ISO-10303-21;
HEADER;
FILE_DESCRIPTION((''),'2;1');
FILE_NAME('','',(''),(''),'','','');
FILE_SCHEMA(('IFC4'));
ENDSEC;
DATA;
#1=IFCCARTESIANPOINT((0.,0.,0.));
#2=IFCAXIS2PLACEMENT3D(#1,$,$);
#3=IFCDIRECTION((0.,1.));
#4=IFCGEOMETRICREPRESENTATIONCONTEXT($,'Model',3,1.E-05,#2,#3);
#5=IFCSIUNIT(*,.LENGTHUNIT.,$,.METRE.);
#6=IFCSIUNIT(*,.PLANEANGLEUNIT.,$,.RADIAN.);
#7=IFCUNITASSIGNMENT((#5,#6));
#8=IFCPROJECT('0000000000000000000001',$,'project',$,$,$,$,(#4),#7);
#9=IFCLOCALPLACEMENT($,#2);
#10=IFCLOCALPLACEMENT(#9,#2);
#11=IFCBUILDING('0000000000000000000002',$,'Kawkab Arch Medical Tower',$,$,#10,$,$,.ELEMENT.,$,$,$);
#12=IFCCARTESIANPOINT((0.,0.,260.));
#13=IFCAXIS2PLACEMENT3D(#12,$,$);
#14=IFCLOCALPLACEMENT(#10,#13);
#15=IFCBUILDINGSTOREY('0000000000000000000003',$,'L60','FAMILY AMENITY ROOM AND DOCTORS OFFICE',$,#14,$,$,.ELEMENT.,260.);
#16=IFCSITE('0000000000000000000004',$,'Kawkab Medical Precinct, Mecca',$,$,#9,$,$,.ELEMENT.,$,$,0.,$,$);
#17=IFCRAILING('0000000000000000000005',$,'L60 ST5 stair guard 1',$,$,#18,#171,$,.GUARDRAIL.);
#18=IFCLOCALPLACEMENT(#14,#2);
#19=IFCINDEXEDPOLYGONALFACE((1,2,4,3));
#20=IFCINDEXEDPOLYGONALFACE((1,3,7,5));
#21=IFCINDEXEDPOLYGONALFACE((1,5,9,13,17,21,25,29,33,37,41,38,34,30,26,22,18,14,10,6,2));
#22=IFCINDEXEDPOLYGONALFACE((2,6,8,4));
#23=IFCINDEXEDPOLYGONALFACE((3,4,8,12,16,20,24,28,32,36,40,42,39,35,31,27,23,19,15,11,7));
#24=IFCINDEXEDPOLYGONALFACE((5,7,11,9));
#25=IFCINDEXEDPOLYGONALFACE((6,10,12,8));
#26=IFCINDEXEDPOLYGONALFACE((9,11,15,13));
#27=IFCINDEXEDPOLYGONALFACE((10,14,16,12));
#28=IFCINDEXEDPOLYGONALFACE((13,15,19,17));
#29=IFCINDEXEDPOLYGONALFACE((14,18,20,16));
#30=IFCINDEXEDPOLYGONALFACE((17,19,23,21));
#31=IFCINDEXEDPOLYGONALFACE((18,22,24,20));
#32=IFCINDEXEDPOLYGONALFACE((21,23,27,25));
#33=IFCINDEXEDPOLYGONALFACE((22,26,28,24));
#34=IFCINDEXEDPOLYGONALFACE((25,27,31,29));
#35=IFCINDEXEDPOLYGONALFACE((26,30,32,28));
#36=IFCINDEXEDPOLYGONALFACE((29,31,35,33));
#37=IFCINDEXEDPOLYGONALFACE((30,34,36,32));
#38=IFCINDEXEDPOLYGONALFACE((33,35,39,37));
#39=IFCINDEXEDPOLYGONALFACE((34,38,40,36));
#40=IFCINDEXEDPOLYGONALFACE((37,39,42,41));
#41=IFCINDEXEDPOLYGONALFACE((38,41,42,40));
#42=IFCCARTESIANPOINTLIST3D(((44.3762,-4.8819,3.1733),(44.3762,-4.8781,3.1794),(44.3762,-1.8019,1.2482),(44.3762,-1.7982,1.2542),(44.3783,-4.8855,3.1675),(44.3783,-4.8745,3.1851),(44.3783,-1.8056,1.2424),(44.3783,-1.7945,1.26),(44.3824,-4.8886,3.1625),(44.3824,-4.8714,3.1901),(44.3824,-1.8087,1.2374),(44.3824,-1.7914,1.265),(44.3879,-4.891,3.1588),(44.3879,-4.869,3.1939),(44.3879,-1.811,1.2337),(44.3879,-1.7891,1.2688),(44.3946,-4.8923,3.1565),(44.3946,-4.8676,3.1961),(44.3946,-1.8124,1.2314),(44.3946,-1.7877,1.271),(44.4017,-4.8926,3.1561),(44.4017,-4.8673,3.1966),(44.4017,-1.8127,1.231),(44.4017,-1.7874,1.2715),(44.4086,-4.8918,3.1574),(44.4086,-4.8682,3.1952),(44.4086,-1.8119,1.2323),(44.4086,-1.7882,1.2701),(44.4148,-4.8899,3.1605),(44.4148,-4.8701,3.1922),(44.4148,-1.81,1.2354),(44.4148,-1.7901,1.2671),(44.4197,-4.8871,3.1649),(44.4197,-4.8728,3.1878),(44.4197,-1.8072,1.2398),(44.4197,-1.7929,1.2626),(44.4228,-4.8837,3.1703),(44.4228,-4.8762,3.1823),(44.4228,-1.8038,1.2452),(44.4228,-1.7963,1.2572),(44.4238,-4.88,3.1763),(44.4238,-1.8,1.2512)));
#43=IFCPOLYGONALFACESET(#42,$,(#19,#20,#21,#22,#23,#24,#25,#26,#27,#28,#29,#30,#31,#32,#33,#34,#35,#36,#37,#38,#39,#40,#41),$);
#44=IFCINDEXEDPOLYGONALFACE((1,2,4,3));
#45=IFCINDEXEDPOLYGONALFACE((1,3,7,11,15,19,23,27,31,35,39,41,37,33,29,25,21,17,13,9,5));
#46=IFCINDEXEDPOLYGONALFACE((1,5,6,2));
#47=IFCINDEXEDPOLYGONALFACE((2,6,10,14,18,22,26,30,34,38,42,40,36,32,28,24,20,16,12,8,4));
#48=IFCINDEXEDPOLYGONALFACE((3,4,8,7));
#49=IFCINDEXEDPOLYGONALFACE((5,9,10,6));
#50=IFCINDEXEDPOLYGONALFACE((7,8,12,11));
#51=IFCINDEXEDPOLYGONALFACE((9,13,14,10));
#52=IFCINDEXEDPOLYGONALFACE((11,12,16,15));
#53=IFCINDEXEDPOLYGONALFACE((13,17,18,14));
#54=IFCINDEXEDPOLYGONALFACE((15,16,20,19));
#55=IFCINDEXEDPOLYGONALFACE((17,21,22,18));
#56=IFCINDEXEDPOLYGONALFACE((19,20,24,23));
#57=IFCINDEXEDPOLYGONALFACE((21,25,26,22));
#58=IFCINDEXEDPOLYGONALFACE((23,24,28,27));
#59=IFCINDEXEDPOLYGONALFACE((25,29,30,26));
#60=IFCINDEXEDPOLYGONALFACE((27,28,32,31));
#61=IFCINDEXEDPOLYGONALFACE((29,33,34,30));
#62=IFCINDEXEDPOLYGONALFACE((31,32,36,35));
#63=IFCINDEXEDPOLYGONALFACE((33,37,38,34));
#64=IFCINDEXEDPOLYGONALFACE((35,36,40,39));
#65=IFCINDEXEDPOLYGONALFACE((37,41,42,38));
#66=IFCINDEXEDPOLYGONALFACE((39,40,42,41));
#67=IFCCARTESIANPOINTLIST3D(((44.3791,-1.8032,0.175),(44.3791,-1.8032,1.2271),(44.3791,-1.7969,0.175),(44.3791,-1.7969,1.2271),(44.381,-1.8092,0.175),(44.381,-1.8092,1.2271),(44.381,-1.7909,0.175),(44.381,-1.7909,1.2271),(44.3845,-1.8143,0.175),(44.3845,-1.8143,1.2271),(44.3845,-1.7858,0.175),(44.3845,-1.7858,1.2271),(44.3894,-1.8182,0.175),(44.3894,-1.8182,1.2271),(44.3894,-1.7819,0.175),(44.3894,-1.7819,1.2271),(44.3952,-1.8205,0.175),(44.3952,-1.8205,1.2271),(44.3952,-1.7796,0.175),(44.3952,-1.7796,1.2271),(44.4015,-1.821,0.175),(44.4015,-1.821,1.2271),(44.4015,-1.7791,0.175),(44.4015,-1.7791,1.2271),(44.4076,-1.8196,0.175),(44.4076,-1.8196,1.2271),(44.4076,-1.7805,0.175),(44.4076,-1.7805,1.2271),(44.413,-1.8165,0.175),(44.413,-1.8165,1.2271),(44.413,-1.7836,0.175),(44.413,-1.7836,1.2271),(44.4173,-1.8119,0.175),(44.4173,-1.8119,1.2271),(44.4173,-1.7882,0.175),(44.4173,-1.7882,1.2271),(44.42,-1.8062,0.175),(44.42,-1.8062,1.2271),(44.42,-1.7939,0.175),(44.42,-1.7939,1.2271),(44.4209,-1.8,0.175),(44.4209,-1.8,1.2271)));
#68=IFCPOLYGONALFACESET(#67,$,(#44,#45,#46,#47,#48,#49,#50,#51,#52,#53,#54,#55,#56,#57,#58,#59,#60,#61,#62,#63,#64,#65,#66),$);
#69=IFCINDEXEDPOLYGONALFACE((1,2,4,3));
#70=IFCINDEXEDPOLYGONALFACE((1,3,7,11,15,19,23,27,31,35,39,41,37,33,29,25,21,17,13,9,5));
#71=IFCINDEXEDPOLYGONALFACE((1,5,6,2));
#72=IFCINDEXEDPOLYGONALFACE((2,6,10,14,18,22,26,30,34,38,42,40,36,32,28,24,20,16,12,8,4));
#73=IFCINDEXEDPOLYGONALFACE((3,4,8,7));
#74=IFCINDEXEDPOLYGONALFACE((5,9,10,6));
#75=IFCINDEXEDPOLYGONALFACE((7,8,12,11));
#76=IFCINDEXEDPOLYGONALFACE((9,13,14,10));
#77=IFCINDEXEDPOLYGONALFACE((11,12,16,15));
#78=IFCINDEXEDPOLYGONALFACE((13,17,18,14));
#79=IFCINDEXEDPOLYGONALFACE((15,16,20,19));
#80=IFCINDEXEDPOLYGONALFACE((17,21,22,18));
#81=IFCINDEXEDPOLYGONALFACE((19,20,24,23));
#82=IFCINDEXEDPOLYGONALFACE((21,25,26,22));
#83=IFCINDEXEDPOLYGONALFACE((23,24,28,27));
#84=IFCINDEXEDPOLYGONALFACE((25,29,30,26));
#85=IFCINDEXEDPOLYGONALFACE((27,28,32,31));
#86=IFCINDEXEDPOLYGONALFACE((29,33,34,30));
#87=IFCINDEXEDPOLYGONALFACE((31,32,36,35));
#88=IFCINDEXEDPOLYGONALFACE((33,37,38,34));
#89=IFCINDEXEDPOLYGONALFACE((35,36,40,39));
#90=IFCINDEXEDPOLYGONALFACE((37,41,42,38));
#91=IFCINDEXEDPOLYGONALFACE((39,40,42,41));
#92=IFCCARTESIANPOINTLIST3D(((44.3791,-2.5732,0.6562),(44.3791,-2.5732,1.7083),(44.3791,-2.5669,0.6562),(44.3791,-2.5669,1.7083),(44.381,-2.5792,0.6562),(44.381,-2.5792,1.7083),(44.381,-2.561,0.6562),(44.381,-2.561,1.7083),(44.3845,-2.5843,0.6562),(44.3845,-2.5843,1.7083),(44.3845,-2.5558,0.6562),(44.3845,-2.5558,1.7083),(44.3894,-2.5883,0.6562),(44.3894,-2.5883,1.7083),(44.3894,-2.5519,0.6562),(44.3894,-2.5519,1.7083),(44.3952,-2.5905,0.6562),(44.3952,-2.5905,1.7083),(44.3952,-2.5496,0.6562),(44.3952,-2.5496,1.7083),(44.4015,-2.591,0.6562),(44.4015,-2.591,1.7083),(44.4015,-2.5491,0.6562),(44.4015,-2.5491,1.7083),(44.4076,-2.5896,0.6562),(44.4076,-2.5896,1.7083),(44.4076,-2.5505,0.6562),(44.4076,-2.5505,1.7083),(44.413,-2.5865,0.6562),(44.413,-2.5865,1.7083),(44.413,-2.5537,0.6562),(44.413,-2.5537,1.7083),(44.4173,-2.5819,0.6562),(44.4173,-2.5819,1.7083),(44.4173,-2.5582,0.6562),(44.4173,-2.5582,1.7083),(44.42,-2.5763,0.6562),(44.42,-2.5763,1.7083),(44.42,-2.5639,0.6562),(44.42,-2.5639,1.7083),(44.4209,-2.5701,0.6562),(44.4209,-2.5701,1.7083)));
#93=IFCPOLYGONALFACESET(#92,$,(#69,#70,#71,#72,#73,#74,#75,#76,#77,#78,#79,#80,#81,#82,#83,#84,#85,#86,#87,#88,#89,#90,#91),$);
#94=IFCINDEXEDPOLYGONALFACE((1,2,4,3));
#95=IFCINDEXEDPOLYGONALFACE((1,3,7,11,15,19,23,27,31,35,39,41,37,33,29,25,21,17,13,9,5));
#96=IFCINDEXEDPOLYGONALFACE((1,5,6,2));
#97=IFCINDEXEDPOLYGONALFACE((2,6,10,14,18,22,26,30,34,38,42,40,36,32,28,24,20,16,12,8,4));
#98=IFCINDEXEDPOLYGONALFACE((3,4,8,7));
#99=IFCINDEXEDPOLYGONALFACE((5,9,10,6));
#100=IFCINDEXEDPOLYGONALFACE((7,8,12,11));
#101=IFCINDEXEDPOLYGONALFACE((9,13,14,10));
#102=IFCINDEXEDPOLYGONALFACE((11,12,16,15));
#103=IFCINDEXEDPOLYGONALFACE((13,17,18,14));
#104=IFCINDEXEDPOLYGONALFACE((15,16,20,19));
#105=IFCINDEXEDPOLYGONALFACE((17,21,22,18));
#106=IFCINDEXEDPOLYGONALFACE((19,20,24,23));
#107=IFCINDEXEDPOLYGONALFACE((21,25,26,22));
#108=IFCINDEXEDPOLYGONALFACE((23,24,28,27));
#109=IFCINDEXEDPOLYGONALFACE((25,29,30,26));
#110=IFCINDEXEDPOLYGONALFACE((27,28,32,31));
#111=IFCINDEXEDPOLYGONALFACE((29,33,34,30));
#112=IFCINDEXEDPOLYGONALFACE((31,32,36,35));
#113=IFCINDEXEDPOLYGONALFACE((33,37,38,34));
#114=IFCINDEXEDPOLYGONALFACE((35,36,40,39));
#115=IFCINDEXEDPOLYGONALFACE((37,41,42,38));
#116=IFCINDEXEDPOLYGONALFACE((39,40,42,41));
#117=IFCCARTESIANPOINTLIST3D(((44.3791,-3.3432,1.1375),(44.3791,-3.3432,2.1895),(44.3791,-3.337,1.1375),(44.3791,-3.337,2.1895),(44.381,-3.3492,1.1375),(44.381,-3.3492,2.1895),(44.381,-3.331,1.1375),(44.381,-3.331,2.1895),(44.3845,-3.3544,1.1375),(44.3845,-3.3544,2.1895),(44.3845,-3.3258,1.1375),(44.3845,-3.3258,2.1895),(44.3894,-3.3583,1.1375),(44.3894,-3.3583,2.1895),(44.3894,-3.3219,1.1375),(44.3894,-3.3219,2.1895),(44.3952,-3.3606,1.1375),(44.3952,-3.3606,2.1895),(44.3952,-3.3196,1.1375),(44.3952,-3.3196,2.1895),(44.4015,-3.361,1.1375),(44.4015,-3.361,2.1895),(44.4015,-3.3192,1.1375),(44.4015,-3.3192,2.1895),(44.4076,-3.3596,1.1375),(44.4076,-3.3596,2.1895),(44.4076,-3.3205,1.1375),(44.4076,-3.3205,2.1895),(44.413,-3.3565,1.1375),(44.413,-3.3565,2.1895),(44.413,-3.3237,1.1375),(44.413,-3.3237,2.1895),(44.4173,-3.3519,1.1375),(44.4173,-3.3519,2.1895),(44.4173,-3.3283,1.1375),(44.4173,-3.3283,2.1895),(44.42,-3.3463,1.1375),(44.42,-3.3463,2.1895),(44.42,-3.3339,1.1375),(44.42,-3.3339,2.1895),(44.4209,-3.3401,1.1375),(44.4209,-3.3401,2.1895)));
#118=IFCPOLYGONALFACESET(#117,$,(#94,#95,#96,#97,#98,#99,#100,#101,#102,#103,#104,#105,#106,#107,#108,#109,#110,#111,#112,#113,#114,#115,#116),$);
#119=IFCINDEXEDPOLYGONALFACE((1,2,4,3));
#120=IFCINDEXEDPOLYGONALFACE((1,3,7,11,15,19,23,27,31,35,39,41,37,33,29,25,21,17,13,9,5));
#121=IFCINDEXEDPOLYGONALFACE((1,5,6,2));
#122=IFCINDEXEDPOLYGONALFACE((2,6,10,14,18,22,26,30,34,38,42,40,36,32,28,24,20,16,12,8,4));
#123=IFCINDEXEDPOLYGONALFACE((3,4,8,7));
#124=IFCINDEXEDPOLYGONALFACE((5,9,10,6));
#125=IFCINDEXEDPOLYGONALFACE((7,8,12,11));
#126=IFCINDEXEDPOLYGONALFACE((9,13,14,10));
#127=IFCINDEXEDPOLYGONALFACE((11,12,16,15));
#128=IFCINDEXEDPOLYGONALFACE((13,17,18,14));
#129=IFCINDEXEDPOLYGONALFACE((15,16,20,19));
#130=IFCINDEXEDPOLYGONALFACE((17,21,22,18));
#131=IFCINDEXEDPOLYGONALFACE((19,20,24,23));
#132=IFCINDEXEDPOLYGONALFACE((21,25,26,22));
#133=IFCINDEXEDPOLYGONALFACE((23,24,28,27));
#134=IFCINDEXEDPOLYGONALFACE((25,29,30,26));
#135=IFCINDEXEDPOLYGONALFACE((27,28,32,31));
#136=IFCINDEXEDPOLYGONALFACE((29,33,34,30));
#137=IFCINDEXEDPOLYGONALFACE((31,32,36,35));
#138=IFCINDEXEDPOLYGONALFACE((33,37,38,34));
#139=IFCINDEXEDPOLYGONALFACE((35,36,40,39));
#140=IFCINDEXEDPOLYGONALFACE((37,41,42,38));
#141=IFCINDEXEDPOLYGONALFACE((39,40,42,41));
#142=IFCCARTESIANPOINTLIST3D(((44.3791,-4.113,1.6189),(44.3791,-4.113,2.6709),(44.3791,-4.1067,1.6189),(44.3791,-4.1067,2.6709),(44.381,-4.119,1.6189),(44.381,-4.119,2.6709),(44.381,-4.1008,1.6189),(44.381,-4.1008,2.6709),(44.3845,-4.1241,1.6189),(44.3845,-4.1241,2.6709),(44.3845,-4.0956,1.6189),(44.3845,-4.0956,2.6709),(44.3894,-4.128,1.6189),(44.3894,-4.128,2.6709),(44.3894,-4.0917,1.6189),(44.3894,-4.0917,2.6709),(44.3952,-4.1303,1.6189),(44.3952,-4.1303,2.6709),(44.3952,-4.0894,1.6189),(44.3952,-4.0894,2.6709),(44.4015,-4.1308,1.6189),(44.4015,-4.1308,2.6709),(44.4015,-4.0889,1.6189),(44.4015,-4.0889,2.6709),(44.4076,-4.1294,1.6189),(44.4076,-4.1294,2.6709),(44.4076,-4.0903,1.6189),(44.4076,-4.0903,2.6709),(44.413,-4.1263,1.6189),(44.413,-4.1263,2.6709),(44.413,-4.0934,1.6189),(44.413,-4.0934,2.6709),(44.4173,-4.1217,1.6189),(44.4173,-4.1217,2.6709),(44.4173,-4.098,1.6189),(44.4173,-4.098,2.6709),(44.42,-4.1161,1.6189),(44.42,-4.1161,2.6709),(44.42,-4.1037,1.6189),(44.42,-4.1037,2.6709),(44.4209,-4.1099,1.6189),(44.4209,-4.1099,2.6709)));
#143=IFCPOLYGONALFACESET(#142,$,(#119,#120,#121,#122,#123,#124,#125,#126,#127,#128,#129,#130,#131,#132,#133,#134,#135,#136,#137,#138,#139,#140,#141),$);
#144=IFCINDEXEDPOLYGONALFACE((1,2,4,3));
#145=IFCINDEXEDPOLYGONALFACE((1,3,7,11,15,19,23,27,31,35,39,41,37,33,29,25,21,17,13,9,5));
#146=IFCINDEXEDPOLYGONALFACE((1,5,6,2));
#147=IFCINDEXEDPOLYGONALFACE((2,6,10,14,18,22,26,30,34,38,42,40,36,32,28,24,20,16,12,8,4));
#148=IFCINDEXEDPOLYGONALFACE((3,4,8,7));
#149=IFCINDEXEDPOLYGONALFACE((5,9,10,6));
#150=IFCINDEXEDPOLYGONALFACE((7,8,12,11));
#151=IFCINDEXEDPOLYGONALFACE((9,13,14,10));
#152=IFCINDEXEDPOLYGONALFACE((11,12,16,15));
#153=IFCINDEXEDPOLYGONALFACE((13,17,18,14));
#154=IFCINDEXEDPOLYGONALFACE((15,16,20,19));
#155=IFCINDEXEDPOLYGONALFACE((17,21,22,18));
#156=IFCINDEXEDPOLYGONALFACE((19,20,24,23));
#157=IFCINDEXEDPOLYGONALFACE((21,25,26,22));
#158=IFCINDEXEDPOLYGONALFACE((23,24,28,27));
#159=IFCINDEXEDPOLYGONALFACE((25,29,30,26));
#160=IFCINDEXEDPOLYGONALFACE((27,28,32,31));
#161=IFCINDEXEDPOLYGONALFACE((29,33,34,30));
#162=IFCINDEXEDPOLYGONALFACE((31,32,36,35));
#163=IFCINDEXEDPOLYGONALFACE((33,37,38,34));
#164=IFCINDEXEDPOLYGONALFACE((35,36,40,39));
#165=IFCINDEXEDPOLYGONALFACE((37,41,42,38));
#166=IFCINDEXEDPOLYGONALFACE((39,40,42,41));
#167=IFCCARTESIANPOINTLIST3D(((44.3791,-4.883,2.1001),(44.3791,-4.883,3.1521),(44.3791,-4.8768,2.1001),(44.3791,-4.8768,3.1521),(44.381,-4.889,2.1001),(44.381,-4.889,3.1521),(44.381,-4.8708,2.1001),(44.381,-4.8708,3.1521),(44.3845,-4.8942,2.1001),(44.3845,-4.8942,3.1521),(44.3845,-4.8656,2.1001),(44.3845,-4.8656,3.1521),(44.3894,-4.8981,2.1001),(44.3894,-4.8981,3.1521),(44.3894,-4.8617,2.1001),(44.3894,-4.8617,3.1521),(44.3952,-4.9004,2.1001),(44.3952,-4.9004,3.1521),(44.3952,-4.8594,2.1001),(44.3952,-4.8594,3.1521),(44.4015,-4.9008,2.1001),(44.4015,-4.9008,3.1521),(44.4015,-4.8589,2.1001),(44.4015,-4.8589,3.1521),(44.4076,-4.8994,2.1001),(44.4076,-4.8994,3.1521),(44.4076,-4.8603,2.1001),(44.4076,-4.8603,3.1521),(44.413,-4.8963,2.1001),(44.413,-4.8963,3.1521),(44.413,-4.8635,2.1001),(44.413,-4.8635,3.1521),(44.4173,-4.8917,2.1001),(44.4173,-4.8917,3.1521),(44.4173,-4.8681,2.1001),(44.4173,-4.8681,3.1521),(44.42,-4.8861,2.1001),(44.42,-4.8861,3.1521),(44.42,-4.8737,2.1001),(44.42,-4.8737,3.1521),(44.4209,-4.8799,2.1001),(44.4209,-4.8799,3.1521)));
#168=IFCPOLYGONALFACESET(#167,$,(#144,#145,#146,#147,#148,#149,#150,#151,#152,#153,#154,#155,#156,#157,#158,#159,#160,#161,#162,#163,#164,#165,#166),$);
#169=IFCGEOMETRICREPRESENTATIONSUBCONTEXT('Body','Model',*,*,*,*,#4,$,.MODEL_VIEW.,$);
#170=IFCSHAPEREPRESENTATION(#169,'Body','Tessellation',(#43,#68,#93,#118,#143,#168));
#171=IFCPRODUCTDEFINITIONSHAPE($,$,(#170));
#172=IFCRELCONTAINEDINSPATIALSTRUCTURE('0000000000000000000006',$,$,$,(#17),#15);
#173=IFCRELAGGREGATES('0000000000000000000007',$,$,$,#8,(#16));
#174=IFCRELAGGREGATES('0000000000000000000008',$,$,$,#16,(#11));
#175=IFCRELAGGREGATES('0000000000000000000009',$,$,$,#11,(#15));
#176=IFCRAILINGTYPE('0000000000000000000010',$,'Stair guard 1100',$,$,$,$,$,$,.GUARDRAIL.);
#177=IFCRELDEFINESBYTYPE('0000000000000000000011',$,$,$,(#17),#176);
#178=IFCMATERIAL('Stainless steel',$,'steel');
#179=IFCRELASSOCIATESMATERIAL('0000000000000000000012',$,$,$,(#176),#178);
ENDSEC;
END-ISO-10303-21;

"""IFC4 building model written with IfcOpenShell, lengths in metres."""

from ifc_helpers import new_model, si_unit, direction, frame, origin, origin_2d, place, context, subcontext, project, spatial, circle, extrude, material, type_object, element, save


model = new_model("IFC4")

# Units and contexts
model_context = context("Model", 3, precision=1e-05, world=origin(), true_north=direction((0.0, 1.0)))
body_context = subcontext(model_context, "Body", "Model", "MODEL_VIEW")
ifc_project = project(units=[si_unit("LENGTHUNIT", "METRE"), si_unit("PLANEANGLEUNIT", "RADIAN")], contexts=[model_context])

# Site, building, storey
site_placement = place(None, origin())
site = spatial("IfcSite", under=ifc_project, at=site_placement, Name="Kawkab Medical Precinct, Mecca", CompositionType="ELEMENT", RefElevation=0.0)
building_placement = place(site_placement, origin())
building = spatial("IfcBuilding", under=site, at=building_placement, Name="Kawkab Arch Medical Tower", CompositionType="ELEMENT")
storey_placement = place(building_placement, frame((0.0, 0.0, 260.0)))
storey = spatial("IfcBuildingStorey", under=building, at=storey_placement, Name="L60", Description="FAMILY AMENITY ROOM AND DOCTORS OFFICE", CompositionType="ELEMENT", Elevation=260.0)

# Railing
ifc_material_1 = material(Name="Stainless steel", Category="steel")
railing_type_1 = type_object("IfcRailingType", Name="Stair guard 1100", PredefinedType="GUARDRAIL", material=ifc_material_1)
railing_1_placement = place(storey_placement, frame((44.3999, -1.8, 0.175)))
element("IfcRailing", 1, at=railing_1_placement, inside=storey, type_object=railing_type_1, Name="L60 ST5 stair guard 1", PredefinedType="GUARDRAIL", context=body_context, shape_type="SweptSolid", body=[
    extrude(circle(Radius=0.0239, at=origin_2d()), frame((0.0, 0.0, 1.0762), z_axis=(0.0, -0.847979, 0.530029), x_axis=(1.0, 0.0, 0.0)), (0.0, 0.0, 1.0), 3.6321),
    extrude(circle(Radius=0.021, at=origin_2d()), origin(), (0.0, 0.0, 1.0), 1.052),
    extrude(circle(Radius=0.021, at=origin_2d()), frame((0.0, -0.77, 0.4812)), (0.0, 0.0, 1.0), 1.052),
    extrude(circle(Radius=0.021, at=origin_2d()), frame((0.0, -1.54, 0.9624)), (0.0, 0.0, 1.0), 1.052),
    extrude(circle(Radius=0.021, at=origin_2d()), frame((0.0, -2.3098, 1.4438)), (0.0, 0.0, 1.0), 1.052),
    extrude(circle(Radius=0.021, at=origin_2d()), frame((0.0, -3.0798, 1.925)), (0.0, 0.0, 1.0), 1.052),
])

save(model, "model.ifc")
